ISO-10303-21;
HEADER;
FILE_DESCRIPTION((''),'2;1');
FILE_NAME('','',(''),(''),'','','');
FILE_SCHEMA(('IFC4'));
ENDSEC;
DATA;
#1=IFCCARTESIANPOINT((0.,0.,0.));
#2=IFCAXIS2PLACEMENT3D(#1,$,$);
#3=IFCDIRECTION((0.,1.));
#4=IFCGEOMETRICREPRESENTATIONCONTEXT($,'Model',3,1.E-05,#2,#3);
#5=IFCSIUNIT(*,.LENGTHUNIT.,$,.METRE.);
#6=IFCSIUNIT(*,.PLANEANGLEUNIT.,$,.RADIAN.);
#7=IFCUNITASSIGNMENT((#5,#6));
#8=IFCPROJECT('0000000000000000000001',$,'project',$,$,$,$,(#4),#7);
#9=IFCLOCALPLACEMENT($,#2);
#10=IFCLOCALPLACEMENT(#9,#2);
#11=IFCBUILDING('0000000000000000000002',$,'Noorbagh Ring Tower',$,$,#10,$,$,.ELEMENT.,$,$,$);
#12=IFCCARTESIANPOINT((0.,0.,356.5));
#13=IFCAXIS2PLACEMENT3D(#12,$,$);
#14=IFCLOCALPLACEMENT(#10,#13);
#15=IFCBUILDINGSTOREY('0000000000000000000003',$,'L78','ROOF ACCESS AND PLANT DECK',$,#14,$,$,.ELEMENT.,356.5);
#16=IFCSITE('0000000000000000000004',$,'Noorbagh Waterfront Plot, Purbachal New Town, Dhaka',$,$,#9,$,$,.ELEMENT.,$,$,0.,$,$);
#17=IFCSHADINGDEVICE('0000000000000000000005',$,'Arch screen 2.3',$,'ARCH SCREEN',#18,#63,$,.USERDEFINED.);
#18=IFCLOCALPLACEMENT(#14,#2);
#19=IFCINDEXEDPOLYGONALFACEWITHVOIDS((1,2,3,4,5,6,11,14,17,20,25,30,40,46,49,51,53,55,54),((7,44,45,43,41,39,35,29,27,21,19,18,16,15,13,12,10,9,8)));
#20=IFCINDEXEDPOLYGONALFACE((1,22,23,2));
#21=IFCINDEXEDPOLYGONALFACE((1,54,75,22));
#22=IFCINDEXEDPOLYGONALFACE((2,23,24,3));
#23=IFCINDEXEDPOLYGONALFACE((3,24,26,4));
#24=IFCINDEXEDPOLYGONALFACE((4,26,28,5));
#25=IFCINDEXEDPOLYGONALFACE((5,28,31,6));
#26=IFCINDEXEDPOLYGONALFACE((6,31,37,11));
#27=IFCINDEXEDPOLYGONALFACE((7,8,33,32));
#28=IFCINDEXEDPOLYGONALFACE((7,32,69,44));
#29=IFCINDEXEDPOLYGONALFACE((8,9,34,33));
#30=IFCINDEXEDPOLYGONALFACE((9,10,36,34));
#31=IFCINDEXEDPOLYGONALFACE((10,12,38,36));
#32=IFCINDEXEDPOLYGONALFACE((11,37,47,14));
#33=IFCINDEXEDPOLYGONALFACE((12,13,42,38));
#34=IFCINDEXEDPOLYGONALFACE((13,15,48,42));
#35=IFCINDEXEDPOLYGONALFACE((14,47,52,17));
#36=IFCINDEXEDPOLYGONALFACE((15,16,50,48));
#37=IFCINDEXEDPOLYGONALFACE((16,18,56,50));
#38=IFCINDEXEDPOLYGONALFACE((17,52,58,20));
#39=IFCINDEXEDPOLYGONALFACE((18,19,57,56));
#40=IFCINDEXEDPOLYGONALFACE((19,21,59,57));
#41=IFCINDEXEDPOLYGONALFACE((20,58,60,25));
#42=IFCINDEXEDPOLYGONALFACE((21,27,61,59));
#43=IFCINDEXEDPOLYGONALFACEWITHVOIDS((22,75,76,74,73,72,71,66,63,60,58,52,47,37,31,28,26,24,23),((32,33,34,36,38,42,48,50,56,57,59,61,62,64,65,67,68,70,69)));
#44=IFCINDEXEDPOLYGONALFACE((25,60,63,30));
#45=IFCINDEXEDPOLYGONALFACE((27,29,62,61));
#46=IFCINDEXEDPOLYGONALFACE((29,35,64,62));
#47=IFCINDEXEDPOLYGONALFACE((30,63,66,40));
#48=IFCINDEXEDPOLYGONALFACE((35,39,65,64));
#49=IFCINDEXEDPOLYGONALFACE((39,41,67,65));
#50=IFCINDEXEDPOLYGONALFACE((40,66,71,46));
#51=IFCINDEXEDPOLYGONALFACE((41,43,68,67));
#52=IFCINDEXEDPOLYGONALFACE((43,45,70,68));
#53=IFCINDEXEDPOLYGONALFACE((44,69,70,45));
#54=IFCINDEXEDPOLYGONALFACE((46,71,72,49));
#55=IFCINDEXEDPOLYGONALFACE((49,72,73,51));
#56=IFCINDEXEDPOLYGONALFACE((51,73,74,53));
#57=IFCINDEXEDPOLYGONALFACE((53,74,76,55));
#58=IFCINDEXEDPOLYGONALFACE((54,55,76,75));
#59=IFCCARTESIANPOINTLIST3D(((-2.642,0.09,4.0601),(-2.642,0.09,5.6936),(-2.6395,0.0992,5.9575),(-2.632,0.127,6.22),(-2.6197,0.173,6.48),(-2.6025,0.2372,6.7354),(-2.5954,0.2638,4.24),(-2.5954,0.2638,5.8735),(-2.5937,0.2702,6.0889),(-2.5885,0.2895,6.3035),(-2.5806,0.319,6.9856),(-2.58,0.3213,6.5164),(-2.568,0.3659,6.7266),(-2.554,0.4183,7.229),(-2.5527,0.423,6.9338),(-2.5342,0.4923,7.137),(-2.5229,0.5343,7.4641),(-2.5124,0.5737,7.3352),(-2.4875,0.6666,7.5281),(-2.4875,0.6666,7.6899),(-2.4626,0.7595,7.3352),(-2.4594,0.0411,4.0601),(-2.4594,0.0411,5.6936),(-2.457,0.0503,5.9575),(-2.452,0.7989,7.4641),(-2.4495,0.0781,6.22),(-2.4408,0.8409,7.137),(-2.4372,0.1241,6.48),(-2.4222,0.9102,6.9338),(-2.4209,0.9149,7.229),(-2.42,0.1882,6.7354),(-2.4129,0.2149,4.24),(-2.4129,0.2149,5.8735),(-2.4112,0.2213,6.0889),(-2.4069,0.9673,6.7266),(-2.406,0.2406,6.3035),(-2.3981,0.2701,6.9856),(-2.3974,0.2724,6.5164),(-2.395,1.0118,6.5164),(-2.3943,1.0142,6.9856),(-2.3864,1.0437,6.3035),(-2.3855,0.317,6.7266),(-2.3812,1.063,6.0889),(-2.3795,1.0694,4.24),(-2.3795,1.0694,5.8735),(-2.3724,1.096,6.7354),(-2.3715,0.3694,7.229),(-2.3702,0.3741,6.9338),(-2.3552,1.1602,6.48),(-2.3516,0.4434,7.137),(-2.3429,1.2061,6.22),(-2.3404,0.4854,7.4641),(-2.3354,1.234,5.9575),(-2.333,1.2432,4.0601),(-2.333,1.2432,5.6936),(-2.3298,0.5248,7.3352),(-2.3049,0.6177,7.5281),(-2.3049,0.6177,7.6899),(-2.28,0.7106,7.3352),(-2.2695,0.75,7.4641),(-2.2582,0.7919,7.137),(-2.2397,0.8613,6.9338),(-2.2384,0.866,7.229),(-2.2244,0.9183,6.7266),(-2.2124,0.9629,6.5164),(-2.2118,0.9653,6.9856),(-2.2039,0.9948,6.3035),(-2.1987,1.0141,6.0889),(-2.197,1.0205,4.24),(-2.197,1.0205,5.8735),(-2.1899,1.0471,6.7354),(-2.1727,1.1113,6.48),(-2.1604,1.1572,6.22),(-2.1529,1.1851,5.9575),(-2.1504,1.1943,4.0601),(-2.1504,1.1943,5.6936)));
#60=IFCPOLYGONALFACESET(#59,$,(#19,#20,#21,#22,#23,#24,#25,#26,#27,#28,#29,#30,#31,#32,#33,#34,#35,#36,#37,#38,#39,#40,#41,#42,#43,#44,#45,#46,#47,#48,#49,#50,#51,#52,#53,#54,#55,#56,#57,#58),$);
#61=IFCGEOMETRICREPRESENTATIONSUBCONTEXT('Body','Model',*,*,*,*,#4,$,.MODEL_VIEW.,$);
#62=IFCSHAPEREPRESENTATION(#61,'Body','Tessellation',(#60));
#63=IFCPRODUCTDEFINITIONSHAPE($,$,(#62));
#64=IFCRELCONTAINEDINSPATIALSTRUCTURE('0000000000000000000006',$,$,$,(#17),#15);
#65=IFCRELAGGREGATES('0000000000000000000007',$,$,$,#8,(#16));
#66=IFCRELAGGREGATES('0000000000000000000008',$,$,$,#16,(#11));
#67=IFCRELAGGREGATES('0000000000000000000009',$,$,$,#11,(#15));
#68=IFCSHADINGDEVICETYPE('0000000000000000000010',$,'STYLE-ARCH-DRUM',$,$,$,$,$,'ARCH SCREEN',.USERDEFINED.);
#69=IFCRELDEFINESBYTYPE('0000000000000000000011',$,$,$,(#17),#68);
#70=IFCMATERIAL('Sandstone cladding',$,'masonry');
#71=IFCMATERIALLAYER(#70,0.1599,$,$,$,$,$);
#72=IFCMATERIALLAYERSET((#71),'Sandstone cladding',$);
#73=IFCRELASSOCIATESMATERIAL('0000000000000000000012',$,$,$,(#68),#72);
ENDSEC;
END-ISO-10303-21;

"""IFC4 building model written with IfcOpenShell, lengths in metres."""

from ifc_helpers import new_model, si_unit, direction, frame, origin, place, context, subcontext, project, spatial, polyline, outline, extrude, material, layer, layer_set, type_object, element, save


model = new_model("IFC4")

# Units and contexts
model_context = context("Model", 3, precision=1e-05, world=origin(), true_north=direction((0.0, 1.0)))
body_context = subcontext(model_context, "Body", "Model", "MODEL_VIEW")
ifc_project = project(units=[si_unit("LENGTHUNIT", "METRE"), si_unit("PLANEANGLEUNIT", "RADIAN")], contexts=[model_context])

# Site, building, storey
site_placement = place(None, origin())
site = spatial("IfcSite", under=ifc_project, at=site_placement, Name="Noorbagh Waterfront Plot, Purbachal New Town, Dhaka", CompositionType="ELEMENT", RefElevation=0.0)
building_placement = place(site_placement, origin())
building = spatial("IfcBuilding", under=site, at=building_placement, Name="Noorbagh Ring Tower", CompositionType="ELEMENT")
storey_placement = place(building_placement, frame((0.0, 0.0, 356.5)))
storey = spatial("IfcBuildingStorey", under=building, at=storey_placement, Name="L78", Description="ROOF ACCESS AND PLANT DECK", CompositionType="ELEMENT", Elevation=356.5)

# Shading device
ifc_material_1 = material(Name="Sandstone cladding", Category="masonry")
ifc_layer_1 = layer(ifc_material_1, 0.1599)
ifc_layer_set_1 = layer_set([ifc_layer_1], Name="Sandstone cladding")
shading_device_type = type_object("IfcShadingDeviceType", Name="STYLE-ARCH-DRUM", ElementType="ARCH SCREEN", PredefinedType="USERDEFINED", material=ifc_layer_set_1)
for number, where, z_axis, x_axis, name in (
    (1, (-2.3049, 0.6177, 4.0601), (-0.965926, 0.258819, 0.0), (-0.258819, -0.965926, 0.0), "Arch screen 2.3"),
):
    element("IfcShadingDevice", number, at=place(storey_placement, frame(where, z_axis=z_axis, x_axis=x_axis)), inside=storey, type_object=shading_device_type, Name=name, ObjectType="ARCH SCREEN", PredefinedType="USERDEFINED", context=body_context, shape_type="SweptSolid", body=[
        extrude(outline(polyline([(-0.5969, 0.0), (0.5969, 0.0), (0.5969, 1.6335), (0.5874, 1.8975), (0.5586, 2.1599), (0.511, 2.4199), (0.4446, 2.6753), (0.3599, 2.9255), (0.2571, 3.1689), (0.137, 3.4041), (0.0, 3.6299), (-0.137, 3.4041), (-0.2571, 3.1689), (-0.3599, 2.9255), (-0.4446, 2.6753), (-0.511, 2.4199), (-0.5586, 2.1599), (-0.5874, 1.8975), (-0.5969, 1.6335), (-0.5969, 0.0)]), holes=[polyline([(-0.417, 0.1799), (0.417, 0.1799), (0.417, 1.8135), (0.4104, 2.0288), (0.3904, 2.2434), (0.3574, 2.4563), (0.3113, 2.6665), (0.2522, 2.8738), (0.1804, 3.0769), (0.0962, 3.2751), (0.0, 3.468), (-0.0962, 3.2751), (-0.1804, 3.0769), (-0.2522, 2.8738), (-0.3113, 2.6665), (-0.3574, 2.4563), (-0.3904, 2.2434), (-0.4104, 2.0288), (-0.417, 1.8135), (-0.417, 0.1799)])]), origin(), (0.0, 0.0, 1.0), 0.189),
    ])

save(model, "model.ifc")
